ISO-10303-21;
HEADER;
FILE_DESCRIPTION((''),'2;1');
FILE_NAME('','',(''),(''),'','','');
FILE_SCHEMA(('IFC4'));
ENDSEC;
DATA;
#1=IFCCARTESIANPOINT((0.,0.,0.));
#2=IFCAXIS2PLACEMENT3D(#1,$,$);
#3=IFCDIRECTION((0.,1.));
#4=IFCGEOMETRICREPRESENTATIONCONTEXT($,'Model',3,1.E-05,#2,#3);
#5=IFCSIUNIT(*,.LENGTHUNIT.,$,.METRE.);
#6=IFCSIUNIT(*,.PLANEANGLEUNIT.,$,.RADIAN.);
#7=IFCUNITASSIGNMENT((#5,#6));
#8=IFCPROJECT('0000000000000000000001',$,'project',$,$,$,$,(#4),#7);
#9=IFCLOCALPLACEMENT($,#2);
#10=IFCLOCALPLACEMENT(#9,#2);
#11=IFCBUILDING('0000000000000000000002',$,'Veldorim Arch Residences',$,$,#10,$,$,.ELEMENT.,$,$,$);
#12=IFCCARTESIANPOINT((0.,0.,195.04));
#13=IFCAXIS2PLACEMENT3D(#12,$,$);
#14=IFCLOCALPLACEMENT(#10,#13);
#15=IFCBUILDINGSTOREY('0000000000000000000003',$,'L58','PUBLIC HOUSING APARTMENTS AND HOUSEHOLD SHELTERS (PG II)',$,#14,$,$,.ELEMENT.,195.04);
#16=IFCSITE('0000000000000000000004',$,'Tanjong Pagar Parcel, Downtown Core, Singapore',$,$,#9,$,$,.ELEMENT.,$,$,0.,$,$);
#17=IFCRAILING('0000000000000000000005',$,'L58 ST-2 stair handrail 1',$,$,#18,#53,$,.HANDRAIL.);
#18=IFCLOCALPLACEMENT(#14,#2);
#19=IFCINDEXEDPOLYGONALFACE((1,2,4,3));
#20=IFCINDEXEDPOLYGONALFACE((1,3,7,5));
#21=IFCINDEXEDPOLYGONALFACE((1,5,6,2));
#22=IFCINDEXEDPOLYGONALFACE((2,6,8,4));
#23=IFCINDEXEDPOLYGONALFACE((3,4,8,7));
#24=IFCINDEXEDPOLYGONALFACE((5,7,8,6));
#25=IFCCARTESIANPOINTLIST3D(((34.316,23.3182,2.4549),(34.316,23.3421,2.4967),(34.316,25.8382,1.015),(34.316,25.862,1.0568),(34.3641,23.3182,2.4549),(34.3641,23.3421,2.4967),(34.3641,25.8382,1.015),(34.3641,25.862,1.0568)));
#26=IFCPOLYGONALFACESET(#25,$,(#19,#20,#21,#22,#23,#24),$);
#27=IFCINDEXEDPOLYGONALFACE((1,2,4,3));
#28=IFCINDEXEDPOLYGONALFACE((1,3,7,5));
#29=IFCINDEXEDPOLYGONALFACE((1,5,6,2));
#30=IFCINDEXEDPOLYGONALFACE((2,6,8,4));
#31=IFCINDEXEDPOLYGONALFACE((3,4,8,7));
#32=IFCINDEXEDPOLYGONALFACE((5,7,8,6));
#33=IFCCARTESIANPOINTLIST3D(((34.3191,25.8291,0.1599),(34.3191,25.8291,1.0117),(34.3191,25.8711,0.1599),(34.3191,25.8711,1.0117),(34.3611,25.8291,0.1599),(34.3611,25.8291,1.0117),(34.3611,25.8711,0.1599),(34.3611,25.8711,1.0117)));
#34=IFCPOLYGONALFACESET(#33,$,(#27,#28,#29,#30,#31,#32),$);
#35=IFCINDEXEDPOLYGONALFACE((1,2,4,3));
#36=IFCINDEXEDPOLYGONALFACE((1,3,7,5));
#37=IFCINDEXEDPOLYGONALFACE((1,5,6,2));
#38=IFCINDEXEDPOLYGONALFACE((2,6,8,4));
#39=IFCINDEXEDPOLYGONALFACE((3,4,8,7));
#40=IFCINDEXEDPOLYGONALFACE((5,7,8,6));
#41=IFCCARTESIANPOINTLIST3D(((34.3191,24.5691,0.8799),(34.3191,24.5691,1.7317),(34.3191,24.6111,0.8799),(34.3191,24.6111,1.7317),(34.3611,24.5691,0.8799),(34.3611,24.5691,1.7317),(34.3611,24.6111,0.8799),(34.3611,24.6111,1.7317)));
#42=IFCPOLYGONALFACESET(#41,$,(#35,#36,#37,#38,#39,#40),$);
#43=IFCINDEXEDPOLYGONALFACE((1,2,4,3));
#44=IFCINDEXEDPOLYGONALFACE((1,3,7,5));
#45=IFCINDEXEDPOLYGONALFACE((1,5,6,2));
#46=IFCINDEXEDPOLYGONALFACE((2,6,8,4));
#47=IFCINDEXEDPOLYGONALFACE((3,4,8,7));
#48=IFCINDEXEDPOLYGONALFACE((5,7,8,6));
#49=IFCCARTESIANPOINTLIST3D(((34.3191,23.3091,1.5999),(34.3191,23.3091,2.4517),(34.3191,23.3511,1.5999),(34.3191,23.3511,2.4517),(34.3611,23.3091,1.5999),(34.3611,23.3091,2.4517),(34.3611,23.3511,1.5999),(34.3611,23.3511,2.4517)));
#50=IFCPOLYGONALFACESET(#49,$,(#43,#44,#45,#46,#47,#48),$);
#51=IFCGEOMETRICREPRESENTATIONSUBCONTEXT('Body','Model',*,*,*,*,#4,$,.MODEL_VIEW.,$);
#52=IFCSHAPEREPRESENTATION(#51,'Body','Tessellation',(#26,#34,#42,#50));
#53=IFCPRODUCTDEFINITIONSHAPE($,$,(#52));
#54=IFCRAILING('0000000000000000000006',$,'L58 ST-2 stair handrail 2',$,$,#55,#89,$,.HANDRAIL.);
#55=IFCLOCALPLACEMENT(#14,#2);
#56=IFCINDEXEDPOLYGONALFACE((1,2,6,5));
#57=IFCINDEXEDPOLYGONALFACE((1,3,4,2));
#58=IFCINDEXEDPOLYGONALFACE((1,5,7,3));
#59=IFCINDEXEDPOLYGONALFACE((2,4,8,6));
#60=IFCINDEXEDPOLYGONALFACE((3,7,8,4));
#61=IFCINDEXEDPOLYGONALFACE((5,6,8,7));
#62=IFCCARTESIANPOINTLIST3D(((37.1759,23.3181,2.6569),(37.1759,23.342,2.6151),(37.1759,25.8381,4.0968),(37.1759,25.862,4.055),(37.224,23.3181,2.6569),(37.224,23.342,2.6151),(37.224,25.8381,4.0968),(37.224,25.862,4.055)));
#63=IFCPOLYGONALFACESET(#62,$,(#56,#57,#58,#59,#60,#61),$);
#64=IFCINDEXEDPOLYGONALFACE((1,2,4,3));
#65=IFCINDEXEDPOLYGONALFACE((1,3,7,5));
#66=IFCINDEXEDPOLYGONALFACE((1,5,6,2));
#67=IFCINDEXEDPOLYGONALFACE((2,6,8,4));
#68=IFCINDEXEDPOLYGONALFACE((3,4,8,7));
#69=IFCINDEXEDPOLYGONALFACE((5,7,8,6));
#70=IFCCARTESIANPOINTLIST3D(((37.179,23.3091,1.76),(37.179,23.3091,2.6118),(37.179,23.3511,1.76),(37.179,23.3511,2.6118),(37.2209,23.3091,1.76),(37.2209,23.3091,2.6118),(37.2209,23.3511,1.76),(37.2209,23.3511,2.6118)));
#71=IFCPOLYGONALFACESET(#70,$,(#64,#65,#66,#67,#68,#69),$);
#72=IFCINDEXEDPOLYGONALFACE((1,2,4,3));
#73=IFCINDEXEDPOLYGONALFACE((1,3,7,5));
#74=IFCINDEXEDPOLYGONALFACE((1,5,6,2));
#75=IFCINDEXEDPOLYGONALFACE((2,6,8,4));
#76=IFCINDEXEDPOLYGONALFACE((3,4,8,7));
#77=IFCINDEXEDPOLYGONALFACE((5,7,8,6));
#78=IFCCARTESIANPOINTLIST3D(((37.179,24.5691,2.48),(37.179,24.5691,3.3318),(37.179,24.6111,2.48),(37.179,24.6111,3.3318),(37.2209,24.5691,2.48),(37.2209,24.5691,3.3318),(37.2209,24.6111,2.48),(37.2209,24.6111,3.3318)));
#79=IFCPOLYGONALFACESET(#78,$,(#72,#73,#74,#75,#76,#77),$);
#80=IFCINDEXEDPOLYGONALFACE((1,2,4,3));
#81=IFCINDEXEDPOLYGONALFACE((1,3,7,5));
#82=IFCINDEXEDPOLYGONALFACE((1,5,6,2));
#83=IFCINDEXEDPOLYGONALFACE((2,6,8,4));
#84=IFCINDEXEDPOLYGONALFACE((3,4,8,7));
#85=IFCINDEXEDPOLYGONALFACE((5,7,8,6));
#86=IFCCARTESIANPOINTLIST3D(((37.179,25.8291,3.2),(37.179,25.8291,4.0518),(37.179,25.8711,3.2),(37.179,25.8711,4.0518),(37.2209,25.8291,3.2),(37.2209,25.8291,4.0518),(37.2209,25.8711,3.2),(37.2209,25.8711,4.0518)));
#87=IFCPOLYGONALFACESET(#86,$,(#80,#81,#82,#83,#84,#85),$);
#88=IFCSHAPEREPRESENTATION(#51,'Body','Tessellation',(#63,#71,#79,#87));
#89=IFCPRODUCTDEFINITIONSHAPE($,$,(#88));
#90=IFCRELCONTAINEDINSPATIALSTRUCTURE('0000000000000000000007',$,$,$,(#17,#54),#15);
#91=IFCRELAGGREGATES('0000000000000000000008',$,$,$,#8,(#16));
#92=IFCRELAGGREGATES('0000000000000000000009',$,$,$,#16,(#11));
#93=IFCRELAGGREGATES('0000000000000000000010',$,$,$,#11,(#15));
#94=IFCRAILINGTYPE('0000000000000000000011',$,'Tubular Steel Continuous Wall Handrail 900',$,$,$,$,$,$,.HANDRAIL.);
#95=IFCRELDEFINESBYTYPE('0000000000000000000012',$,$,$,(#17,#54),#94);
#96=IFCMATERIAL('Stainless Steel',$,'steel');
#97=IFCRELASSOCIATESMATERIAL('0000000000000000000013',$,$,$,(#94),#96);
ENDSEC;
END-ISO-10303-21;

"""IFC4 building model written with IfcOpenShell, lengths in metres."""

from ifc_helpers import new_model, si_unit, direction, frame, origin, origin_2d, place, context, subcontext, project, spatial, rectangle, extrude, material, type_object, element, save


model = new_model("IFC4")

# Units and contexts
model_context = context("Model", 3, precision=1e-05, world=origin(), true_north=direction((0.0, 1.0)))
body_context = subcontext(model_context, "Body", "Model", "MODEL_VIEW")
ifc_project = project(units=[si_unit("LENGTHUNIT", "METRE"), si_unit("PLANEANGLEUNIT", "RADIAN")], contexts=[model_context])

# Site, building, storey
site_placement = place(None, origin())
site = spatial("IfcSite", under=ifc_project, at=site_placement, Name="Tanjong Pagar Parcel, Downtown Core, Singapore", CompositionType="ELEMENT", RefElevation=0.0)
building_placement = place(site_placement, origin())
building = spatial("IfcBuilding", under=site, at=building_placement, Name="Veldorim Arch Residences", CompositionType="ELEMENT")
storey_placement = place(building_placement, frame((0.0, 0.0, 195.04)))
storey = spatial("IfcBuildingStorey", under=building, at=storey_placement, Name="L58", Description="PUBLIC HOUSING APARTMENTS AND HOUSEHOLD SHELTERS (PG II)", CompositionType="ELEMENT", Elevation=195.04)

# Railings
ifc_material_1 = material(Name="Stainless Steel", Category="steel")
railing_type_1 = type_object("IfcRailingType", Name="Tubular Steel Continuous Wall Handrail 900", PredefinedType="HANDRAIL", material=ifc_material_1)
railing_1_placement = place(storey_placement, frame((34.3401, 25.8501, 0.1599)))
element("IfcRailing", 1, at=railing_1_placement, inside=storey, type_object=railing_type_1, Name="L58 ST-2 stair handrail 1", PredefinedType="HANDRAIL", context=body_context, shape_type="SweptSolid", body=[
    extrude(rectangle(XDim=0.0481, YDim=0.0481, at=origin_2d()), frame((0.0, 0.0, 0.876), z_axis=(0.0, -0.868253, 0.496121), x_axis=(1.0, 0.0, 0.0)), (0.0, 0.0, 1.0), 2.9023),
    extrude(rectangle(XDim=0.042, YDim=0.042, at=origin_2d()), origin(), (0.0, 0.0, 1.0), 0.8518),
    extrude(rectangle(XDim=0.042, YDim=0.042, at=origin_2d()), frame((0.0, -1.26, 0.72)), (0.0, 0.0, 1.0), 0.8518),
    extrude(rectangle(XDim=0.042, YDim=0.042, at=origin_2d()), frame((0.0, -2.52, 1.4399)), (0.0, 0.0, 1.0), 0.8518),
])
railing_2_placement = place(storey_placement, frame((37.2, 23.3301, 1.76)))
element("IfcRailing", 2, at=railing_2_placement, inside=storey, type_object=railing_type_1, Name="L58 ST-2 stair handrail 2", PredefinedType="HANDRAIL", context=body_context, shape_type="SweptSolid", body=[
    extrude(rectangle(XDim=0.0481, YDim=0.0481, at=origin_2d()), frame((0.0, 0.0, 0.876), z_axis=(0.0, 0.868253, 0.496121), x_axis=(-1.0, 0.0, 0.0)), (0.0, 0.0, 1.0), 2.9023),
    extrude(rectangle(XDim=0.042, YDim=0.042, at=origin_2d()), origin(), (0.0, 0.0, 1.0), 0.8518),
    extrude(rectangle(XDim=0.042, YDim=0.042, at=origin_2d()), frame((0.0, 1.26, 0.72)), (0.0, 0.0, 1.0), 0.8518),
    extrude(rectangle(XDim=0.042, YDim=0.042, at=origin_2d()), frame((0.0, 2.52, 1.4399)), (0.0, 0.0, 1.0), 0.8518),
])

save(model, "model.ifc")
